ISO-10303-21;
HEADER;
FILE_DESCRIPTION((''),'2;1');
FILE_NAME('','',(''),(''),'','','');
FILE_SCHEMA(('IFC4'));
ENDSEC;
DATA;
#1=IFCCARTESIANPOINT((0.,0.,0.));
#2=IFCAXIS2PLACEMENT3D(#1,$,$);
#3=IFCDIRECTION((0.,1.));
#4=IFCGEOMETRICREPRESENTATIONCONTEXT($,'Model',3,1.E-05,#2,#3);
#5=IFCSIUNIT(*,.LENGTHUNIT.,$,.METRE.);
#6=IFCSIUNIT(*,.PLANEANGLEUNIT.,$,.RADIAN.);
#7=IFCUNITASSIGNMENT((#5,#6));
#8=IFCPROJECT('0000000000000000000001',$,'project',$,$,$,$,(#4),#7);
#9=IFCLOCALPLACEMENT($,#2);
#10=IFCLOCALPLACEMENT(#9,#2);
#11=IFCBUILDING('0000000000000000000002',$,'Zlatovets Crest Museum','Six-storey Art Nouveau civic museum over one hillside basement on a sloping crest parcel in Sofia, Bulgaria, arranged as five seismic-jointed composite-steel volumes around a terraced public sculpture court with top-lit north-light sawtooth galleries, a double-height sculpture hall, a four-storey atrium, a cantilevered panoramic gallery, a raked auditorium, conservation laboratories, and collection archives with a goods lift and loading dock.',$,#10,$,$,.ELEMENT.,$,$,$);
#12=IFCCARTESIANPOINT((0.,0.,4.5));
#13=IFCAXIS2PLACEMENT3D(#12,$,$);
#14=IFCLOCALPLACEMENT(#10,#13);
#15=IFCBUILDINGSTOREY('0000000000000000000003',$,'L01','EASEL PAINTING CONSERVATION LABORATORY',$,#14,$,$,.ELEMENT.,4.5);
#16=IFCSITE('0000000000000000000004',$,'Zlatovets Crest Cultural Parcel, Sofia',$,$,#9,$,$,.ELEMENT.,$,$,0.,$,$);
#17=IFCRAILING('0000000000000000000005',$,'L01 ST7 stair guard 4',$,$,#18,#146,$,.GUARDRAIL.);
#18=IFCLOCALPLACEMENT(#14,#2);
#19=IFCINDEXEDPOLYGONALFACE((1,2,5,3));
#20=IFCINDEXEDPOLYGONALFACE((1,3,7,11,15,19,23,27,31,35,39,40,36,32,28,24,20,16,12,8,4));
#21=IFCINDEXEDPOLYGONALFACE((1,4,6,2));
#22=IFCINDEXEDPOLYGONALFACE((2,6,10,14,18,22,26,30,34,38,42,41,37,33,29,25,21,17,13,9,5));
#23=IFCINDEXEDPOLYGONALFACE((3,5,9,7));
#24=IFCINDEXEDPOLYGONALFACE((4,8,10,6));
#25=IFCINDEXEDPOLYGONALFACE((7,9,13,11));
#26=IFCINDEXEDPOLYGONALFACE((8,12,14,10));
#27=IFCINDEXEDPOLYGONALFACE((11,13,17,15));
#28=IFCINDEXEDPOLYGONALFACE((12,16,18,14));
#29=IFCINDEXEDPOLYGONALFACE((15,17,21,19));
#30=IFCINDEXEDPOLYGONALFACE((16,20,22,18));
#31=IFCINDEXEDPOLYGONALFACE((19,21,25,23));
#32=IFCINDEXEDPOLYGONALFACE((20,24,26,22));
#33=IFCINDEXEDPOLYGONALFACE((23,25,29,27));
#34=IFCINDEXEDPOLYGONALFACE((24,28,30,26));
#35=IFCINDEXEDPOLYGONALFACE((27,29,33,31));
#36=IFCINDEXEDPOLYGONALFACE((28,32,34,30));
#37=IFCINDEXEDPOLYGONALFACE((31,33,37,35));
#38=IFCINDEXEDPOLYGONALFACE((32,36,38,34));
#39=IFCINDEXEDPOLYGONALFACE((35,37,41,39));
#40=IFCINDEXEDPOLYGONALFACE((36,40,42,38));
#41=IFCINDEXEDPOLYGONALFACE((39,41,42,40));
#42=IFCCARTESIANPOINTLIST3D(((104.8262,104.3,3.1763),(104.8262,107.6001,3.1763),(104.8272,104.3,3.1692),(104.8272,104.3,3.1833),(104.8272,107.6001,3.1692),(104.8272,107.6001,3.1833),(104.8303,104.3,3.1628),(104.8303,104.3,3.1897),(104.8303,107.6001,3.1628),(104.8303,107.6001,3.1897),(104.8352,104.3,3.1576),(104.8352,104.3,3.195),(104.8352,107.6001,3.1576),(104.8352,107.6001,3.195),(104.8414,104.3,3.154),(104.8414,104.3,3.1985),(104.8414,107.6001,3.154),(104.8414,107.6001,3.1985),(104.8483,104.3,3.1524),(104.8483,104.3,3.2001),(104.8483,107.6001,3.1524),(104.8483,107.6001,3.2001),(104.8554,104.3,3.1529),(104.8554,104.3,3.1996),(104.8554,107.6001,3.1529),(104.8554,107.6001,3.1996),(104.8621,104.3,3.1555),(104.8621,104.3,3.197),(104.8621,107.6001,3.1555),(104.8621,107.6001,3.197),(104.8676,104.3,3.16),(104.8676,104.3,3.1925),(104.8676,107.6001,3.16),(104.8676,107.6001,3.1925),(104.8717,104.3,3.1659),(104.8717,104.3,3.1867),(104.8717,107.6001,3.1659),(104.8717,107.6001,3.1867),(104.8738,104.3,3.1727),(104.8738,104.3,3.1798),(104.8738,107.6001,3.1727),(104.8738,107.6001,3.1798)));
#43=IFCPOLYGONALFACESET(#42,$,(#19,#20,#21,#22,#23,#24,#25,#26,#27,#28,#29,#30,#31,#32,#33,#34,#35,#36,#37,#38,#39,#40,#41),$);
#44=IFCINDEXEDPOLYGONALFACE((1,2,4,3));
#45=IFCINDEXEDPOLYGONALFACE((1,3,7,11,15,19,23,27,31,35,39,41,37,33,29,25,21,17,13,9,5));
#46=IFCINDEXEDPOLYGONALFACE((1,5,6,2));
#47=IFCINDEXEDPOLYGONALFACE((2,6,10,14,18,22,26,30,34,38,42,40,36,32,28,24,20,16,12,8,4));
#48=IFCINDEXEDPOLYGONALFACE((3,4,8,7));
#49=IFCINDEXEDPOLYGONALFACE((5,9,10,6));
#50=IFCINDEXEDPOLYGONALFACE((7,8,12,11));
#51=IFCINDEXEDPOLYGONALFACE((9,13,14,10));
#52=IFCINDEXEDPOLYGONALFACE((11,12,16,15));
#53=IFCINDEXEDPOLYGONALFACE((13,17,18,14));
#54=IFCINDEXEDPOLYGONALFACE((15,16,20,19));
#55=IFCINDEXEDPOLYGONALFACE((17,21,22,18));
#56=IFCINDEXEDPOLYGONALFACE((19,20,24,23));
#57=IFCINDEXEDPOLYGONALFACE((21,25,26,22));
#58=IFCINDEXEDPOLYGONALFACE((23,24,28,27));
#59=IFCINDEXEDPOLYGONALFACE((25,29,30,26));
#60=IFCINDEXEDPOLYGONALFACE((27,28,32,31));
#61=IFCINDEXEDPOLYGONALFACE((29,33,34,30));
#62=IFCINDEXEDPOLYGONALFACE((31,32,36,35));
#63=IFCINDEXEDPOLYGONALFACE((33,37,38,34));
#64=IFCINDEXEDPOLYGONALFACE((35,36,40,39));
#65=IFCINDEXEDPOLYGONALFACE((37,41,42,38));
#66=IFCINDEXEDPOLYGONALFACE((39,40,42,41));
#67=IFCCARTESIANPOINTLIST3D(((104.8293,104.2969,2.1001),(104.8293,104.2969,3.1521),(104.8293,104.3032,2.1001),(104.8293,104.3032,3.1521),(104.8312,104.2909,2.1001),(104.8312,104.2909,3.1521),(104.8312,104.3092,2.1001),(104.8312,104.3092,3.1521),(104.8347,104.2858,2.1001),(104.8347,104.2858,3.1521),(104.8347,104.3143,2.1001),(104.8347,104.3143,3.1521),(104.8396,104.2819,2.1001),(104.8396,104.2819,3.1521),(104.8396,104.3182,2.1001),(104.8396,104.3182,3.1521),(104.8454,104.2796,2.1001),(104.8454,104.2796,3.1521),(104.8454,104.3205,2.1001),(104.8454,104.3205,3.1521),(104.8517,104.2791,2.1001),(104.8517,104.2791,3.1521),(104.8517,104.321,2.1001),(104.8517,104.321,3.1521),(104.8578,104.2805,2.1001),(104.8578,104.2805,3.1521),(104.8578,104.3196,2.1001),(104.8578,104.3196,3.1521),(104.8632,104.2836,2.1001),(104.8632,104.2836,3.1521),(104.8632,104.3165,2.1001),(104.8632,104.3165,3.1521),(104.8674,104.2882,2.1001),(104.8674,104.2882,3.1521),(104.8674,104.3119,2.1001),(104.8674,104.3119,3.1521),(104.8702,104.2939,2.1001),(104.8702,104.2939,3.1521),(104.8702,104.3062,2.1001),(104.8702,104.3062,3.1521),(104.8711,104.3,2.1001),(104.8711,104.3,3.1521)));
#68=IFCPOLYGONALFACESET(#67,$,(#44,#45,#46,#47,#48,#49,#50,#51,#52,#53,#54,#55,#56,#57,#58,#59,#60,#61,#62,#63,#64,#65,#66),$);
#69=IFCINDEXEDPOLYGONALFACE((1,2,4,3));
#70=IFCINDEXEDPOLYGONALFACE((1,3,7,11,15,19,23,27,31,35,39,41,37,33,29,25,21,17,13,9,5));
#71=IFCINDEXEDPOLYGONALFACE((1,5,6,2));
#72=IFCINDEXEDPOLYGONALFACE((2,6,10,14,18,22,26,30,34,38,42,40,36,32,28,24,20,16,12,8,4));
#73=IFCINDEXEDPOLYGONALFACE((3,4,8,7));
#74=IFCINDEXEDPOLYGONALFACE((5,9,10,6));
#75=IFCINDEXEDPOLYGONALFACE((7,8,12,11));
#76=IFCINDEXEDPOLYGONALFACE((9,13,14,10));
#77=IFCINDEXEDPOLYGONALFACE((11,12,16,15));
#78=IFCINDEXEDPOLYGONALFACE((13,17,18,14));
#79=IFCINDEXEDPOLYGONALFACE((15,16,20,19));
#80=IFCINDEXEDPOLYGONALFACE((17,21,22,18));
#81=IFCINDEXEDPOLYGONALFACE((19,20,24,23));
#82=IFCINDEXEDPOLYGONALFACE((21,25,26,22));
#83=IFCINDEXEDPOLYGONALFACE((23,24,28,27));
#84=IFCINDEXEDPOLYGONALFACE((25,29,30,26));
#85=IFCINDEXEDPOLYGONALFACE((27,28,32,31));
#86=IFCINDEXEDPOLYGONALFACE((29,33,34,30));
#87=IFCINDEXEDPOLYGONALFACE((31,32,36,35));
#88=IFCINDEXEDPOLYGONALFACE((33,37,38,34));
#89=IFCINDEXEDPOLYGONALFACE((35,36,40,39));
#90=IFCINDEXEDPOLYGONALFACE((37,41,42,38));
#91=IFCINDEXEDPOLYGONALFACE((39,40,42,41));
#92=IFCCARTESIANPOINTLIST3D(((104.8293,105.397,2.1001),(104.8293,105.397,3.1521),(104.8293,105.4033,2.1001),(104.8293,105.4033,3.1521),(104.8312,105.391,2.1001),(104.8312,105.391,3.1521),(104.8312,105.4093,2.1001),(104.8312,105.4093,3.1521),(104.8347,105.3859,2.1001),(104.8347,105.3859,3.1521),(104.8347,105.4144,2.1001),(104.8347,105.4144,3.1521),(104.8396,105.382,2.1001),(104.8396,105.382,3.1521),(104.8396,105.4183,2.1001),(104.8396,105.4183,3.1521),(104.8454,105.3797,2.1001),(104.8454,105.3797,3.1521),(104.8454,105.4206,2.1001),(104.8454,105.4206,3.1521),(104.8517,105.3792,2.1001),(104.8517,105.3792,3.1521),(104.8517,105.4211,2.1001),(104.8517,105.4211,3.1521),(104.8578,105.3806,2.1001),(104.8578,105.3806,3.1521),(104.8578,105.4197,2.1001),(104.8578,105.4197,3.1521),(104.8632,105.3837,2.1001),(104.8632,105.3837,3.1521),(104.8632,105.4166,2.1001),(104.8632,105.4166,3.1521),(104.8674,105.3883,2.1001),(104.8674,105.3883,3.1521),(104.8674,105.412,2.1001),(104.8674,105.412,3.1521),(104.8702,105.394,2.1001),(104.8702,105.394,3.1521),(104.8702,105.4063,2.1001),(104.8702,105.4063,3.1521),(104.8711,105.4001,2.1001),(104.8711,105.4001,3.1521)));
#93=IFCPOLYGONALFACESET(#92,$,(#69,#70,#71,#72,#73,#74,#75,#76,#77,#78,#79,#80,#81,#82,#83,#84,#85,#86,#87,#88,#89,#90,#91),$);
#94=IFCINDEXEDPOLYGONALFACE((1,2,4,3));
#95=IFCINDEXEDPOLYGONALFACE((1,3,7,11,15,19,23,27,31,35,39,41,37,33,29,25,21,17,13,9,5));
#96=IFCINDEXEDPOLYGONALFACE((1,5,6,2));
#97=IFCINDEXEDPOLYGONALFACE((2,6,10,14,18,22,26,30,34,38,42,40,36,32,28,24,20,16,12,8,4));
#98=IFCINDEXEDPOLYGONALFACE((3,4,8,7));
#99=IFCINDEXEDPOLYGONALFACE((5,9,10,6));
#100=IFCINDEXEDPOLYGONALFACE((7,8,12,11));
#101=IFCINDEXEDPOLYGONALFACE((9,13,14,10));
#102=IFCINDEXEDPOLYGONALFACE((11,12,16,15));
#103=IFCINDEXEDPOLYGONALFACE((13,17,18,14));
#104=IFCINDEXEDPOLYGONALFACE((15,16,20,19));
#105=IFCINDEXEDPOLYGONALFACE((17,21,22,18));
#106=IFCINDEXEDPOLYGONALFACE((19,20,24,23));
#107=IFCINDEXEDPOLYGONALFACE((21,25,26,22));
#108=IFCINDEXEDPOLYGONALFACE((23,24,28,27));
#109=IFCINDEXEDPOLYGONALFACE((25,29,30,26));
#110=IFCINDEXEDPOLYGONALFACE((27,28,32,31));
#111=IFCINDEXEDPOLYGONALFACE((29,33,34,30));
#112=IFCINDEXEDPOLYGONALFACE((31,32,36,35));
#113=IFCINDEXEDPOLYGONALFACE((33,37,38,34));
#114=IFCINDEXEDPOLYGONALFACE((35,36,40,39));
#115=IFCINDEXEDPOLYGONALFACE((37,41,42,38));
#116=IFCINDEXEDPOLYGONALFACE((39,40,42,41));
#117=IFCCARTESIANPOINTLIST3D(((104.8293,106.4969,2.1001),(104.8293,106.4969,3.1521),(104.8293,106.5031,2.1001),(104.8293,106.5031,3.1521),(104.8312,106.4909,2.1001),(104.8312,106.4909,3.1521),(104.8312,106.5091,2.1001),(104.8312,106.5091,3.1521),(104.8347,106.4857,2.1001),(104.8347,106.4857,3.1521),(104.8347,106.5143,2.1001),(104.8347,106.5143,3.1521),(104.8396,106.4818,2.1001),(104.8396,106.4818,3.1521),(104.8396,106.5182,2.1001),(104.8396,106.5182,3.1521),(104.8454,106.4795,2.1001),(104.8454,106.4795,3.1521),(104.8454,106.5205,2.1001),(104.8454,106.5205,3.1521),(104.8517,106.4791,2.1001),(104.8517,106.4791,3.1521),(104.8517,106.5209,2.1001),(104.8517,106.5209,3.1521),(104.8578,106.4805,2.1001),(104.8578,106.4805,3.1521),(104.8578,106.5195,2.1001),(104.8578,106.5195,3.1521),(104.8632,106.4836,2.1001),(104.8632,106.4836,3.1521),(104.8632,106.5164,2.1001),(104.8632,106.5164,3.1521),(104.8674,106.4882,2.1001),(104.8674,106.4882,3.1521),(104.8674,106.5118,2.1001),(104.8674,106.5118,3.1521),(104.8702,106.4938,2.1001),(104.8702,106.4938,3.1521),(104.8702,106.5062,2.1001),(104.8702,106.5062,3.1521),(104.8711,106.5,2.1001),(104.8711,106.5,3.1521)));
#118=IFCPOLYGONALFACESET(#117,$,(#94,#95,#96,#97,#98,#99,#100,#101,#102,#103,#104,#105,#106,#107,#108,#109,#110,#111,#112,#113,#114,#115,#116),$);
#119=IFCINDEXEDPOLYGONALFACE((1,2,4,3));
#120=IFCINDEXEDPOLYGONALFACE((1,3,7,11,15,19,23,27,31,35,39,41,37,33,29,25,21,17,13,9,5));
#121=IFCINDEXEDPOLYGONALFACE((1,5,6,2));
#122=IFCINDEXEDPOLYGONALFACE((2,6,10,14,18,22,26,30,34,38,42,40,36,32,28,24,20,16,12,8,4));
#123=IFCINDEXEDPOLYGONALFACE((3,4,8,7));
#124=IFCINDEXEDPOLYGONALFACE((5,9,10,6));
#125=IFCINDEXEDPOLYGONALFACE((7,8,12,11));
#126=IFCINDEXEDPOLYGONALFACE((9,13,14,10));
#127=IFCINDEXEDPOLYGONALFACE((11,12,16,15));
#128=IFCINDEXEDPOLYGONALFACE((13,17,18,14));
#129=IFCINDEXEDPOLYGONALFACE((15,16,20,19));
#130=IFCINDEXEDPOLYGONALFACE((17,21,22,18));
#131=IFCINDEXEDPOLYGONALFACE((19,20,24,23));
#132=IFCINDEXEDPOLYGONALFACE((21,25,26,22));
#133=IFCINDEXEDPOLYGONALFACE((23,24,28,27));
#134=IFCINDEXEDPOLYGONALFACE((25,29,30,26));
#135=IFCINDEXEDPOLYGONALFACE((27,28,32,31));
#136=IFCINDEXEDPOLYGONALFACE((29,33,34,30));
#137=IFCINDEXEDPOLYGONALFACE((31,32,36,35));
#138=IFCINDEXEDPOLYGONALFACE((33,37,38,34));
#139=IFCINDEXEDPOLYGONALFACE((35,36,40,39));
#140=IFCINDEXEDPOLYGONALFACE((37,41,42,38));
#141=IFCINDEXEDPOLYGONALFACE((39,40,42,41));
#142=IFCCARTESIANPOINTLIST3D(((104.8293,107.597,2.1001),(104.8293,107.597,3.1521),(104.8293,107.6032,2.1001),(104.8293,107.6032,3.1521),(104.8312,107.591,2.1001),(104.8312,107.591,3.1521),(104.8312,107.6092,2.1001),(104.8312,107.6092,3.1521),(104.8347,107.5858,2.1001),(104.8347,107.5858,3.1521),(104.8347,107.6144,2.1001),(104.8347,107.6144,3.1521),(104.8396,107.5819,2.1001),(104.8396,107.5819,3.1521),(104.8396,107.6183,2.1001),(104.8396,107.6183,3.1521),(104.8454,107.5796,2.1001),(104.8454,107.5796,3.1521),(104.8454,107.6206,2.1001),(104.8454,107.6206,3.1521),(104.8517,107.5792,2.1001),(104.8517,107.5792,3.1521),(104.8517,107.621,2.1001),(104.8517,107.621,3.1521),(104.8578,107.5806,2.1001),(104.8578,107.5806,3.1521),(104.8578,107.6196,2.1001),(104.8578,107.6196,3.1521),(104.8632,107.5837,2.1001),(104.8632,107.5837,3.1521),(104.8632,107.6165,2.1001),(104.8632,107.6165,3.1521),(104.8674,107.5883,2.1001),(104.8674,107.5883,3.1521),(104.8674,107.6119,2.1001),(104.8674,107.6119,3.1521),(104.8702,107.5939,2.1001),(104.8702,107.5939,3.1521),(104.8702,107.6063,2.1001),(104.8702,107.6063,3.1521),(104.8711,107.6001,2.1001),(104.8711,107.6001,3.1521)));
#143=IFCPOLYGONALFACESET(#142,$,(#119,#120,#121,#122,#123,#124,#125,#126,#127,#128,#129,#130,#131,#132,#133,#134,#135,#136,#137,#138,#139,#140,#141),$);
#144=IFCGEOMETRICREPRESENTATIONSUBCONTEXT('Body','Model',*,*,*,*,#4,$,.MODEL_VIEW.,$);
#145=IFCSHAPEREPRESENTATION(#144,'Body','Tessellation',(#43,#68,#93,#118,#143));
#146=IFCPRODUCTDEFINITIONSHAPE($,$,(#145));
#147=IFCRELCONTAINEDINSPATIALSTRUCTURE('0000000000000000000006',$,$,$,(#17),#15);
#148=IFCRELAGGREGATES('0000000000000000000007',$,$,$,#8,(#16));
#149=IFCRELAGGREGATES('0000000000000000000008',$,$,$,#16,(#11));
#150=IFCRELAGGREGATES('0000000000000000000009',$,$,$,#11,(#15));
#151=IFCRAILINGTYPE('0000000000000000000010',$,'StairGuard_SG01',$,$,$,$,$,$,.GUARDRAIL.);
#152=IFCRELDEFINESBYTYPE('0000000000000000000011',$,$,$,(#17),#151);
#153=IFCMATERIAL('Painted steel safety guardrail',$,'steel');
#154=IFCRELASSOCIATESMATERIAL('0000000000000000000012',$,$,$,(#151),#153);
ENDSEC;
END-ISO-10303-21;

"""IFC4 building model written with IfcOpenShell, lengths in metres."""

from ifc_helpers import new_model, si_unit, direction, frame, origin, origin_2d, place, context, subcontext, project, spatial, circle, extrude, material, type_object, element, save


model = new_model("IFC4")

# Units and contexts
model_context = context("Model", 3, precision=1e-05, world=origin(), true_north=direction((0.0, 1.0)))
body_context = subcontext(model_context, "Body", "Model", "MODEL_VIEW")
ifc_project = project(units=[si_unit("LENGTHUNIT", "METRE"), si_unit("PLANEANGLEUNIT", "RADIAN")], contexts=[model_context])

# Site, building, storey
site_placement = place(None, origin())
site = spatial("IfcSite", under=ifc_project, at=site_placement, Name="Zlatovets Crest Cultural Parcel, Sofia", CompositionType="ELEMENT", RefElevation=0.0)
building_placement = place(site_placement, origin())
building = spatial("IfcBuilding", under=site, at=building_placement, Name="Zlatovets Crest Museum", Description="Six-storey Art Nouveau civic museum over one hillside basement on a sloping crest parcel in Sofia, Bulgaria, arranged as five seismic-jointed composite-steel volumes around a terraced public sculpture court with top-lit north-light sawtooth galleries, a double-height sculpture hall, a four-storey atrium, a cantilevered panoramic gallery, a raked auditorium, conservation laboratories, and collection archives with a goods lift and loading dock.", CompositionType="ELEMENT")
storey_placement = place(building_placement, frame((0.0, 0.0, 4.5)))
storey = spatial("IfcBuildingStorey", under=building, at=storey_placement, Name="L01", Description="EASEL PAINTING CONSERVATION LABORATORY", CompositionType="ELEMENT", Elevation=4.5)

# Railing
ifc_material_1 = material(Name="Painted steel safety guardrail", Category="steel")
railing_type_1 = type_object("IfcRailingType", Name="StairGuard_SG01", PredefinedType="GUARDRAIL", material=ifc_material_1)
for number, where, name in (
    (1, (104.8501, 104.3, 2.1001), "L01 ST7 stair guard 4"),
):
    element("IfcRailing", number, at=place(storey_placement, frame(where)), inside=storey, type_object=railing_type_1, Name=name, PredefinedType="GUARDRAIL", context=body_context, shape_type="SweptSolid", body=[
        extrude(circle(Radius=0.0239, at=origin_2d()), frame((0.0, 0.0, 1.0762), z_axis=(0.0, 1.0, 0.0), x_axis=(-1.0, 0.0, 0.0)), (0.0, 0.0, 1.0), 3.3),
        extrude(circle(Radius=0.021, at=origin_2d()), origin(), (0.0, 0.0, 1.0), 1.052),
        extrude(circle(Radius=0.021, at=origin_2d()), frame((0.0, 1.1001, 0.0)), (0.0, 0.0, 1.0), 1.052),
        extrude(circle(Radius=0.021, at=origin_2d()), frame((0.0, 2.2, 0.0)), (0.0, 0.0, 1.0), 1.052),
        extrude(circle(Radius=0.021, at=origin_2d()), frame((0.0, 3.3, 0.0)), (0.0, 0.0, 1.0), 1.052),
    ])

save(model, "model.ifc")
